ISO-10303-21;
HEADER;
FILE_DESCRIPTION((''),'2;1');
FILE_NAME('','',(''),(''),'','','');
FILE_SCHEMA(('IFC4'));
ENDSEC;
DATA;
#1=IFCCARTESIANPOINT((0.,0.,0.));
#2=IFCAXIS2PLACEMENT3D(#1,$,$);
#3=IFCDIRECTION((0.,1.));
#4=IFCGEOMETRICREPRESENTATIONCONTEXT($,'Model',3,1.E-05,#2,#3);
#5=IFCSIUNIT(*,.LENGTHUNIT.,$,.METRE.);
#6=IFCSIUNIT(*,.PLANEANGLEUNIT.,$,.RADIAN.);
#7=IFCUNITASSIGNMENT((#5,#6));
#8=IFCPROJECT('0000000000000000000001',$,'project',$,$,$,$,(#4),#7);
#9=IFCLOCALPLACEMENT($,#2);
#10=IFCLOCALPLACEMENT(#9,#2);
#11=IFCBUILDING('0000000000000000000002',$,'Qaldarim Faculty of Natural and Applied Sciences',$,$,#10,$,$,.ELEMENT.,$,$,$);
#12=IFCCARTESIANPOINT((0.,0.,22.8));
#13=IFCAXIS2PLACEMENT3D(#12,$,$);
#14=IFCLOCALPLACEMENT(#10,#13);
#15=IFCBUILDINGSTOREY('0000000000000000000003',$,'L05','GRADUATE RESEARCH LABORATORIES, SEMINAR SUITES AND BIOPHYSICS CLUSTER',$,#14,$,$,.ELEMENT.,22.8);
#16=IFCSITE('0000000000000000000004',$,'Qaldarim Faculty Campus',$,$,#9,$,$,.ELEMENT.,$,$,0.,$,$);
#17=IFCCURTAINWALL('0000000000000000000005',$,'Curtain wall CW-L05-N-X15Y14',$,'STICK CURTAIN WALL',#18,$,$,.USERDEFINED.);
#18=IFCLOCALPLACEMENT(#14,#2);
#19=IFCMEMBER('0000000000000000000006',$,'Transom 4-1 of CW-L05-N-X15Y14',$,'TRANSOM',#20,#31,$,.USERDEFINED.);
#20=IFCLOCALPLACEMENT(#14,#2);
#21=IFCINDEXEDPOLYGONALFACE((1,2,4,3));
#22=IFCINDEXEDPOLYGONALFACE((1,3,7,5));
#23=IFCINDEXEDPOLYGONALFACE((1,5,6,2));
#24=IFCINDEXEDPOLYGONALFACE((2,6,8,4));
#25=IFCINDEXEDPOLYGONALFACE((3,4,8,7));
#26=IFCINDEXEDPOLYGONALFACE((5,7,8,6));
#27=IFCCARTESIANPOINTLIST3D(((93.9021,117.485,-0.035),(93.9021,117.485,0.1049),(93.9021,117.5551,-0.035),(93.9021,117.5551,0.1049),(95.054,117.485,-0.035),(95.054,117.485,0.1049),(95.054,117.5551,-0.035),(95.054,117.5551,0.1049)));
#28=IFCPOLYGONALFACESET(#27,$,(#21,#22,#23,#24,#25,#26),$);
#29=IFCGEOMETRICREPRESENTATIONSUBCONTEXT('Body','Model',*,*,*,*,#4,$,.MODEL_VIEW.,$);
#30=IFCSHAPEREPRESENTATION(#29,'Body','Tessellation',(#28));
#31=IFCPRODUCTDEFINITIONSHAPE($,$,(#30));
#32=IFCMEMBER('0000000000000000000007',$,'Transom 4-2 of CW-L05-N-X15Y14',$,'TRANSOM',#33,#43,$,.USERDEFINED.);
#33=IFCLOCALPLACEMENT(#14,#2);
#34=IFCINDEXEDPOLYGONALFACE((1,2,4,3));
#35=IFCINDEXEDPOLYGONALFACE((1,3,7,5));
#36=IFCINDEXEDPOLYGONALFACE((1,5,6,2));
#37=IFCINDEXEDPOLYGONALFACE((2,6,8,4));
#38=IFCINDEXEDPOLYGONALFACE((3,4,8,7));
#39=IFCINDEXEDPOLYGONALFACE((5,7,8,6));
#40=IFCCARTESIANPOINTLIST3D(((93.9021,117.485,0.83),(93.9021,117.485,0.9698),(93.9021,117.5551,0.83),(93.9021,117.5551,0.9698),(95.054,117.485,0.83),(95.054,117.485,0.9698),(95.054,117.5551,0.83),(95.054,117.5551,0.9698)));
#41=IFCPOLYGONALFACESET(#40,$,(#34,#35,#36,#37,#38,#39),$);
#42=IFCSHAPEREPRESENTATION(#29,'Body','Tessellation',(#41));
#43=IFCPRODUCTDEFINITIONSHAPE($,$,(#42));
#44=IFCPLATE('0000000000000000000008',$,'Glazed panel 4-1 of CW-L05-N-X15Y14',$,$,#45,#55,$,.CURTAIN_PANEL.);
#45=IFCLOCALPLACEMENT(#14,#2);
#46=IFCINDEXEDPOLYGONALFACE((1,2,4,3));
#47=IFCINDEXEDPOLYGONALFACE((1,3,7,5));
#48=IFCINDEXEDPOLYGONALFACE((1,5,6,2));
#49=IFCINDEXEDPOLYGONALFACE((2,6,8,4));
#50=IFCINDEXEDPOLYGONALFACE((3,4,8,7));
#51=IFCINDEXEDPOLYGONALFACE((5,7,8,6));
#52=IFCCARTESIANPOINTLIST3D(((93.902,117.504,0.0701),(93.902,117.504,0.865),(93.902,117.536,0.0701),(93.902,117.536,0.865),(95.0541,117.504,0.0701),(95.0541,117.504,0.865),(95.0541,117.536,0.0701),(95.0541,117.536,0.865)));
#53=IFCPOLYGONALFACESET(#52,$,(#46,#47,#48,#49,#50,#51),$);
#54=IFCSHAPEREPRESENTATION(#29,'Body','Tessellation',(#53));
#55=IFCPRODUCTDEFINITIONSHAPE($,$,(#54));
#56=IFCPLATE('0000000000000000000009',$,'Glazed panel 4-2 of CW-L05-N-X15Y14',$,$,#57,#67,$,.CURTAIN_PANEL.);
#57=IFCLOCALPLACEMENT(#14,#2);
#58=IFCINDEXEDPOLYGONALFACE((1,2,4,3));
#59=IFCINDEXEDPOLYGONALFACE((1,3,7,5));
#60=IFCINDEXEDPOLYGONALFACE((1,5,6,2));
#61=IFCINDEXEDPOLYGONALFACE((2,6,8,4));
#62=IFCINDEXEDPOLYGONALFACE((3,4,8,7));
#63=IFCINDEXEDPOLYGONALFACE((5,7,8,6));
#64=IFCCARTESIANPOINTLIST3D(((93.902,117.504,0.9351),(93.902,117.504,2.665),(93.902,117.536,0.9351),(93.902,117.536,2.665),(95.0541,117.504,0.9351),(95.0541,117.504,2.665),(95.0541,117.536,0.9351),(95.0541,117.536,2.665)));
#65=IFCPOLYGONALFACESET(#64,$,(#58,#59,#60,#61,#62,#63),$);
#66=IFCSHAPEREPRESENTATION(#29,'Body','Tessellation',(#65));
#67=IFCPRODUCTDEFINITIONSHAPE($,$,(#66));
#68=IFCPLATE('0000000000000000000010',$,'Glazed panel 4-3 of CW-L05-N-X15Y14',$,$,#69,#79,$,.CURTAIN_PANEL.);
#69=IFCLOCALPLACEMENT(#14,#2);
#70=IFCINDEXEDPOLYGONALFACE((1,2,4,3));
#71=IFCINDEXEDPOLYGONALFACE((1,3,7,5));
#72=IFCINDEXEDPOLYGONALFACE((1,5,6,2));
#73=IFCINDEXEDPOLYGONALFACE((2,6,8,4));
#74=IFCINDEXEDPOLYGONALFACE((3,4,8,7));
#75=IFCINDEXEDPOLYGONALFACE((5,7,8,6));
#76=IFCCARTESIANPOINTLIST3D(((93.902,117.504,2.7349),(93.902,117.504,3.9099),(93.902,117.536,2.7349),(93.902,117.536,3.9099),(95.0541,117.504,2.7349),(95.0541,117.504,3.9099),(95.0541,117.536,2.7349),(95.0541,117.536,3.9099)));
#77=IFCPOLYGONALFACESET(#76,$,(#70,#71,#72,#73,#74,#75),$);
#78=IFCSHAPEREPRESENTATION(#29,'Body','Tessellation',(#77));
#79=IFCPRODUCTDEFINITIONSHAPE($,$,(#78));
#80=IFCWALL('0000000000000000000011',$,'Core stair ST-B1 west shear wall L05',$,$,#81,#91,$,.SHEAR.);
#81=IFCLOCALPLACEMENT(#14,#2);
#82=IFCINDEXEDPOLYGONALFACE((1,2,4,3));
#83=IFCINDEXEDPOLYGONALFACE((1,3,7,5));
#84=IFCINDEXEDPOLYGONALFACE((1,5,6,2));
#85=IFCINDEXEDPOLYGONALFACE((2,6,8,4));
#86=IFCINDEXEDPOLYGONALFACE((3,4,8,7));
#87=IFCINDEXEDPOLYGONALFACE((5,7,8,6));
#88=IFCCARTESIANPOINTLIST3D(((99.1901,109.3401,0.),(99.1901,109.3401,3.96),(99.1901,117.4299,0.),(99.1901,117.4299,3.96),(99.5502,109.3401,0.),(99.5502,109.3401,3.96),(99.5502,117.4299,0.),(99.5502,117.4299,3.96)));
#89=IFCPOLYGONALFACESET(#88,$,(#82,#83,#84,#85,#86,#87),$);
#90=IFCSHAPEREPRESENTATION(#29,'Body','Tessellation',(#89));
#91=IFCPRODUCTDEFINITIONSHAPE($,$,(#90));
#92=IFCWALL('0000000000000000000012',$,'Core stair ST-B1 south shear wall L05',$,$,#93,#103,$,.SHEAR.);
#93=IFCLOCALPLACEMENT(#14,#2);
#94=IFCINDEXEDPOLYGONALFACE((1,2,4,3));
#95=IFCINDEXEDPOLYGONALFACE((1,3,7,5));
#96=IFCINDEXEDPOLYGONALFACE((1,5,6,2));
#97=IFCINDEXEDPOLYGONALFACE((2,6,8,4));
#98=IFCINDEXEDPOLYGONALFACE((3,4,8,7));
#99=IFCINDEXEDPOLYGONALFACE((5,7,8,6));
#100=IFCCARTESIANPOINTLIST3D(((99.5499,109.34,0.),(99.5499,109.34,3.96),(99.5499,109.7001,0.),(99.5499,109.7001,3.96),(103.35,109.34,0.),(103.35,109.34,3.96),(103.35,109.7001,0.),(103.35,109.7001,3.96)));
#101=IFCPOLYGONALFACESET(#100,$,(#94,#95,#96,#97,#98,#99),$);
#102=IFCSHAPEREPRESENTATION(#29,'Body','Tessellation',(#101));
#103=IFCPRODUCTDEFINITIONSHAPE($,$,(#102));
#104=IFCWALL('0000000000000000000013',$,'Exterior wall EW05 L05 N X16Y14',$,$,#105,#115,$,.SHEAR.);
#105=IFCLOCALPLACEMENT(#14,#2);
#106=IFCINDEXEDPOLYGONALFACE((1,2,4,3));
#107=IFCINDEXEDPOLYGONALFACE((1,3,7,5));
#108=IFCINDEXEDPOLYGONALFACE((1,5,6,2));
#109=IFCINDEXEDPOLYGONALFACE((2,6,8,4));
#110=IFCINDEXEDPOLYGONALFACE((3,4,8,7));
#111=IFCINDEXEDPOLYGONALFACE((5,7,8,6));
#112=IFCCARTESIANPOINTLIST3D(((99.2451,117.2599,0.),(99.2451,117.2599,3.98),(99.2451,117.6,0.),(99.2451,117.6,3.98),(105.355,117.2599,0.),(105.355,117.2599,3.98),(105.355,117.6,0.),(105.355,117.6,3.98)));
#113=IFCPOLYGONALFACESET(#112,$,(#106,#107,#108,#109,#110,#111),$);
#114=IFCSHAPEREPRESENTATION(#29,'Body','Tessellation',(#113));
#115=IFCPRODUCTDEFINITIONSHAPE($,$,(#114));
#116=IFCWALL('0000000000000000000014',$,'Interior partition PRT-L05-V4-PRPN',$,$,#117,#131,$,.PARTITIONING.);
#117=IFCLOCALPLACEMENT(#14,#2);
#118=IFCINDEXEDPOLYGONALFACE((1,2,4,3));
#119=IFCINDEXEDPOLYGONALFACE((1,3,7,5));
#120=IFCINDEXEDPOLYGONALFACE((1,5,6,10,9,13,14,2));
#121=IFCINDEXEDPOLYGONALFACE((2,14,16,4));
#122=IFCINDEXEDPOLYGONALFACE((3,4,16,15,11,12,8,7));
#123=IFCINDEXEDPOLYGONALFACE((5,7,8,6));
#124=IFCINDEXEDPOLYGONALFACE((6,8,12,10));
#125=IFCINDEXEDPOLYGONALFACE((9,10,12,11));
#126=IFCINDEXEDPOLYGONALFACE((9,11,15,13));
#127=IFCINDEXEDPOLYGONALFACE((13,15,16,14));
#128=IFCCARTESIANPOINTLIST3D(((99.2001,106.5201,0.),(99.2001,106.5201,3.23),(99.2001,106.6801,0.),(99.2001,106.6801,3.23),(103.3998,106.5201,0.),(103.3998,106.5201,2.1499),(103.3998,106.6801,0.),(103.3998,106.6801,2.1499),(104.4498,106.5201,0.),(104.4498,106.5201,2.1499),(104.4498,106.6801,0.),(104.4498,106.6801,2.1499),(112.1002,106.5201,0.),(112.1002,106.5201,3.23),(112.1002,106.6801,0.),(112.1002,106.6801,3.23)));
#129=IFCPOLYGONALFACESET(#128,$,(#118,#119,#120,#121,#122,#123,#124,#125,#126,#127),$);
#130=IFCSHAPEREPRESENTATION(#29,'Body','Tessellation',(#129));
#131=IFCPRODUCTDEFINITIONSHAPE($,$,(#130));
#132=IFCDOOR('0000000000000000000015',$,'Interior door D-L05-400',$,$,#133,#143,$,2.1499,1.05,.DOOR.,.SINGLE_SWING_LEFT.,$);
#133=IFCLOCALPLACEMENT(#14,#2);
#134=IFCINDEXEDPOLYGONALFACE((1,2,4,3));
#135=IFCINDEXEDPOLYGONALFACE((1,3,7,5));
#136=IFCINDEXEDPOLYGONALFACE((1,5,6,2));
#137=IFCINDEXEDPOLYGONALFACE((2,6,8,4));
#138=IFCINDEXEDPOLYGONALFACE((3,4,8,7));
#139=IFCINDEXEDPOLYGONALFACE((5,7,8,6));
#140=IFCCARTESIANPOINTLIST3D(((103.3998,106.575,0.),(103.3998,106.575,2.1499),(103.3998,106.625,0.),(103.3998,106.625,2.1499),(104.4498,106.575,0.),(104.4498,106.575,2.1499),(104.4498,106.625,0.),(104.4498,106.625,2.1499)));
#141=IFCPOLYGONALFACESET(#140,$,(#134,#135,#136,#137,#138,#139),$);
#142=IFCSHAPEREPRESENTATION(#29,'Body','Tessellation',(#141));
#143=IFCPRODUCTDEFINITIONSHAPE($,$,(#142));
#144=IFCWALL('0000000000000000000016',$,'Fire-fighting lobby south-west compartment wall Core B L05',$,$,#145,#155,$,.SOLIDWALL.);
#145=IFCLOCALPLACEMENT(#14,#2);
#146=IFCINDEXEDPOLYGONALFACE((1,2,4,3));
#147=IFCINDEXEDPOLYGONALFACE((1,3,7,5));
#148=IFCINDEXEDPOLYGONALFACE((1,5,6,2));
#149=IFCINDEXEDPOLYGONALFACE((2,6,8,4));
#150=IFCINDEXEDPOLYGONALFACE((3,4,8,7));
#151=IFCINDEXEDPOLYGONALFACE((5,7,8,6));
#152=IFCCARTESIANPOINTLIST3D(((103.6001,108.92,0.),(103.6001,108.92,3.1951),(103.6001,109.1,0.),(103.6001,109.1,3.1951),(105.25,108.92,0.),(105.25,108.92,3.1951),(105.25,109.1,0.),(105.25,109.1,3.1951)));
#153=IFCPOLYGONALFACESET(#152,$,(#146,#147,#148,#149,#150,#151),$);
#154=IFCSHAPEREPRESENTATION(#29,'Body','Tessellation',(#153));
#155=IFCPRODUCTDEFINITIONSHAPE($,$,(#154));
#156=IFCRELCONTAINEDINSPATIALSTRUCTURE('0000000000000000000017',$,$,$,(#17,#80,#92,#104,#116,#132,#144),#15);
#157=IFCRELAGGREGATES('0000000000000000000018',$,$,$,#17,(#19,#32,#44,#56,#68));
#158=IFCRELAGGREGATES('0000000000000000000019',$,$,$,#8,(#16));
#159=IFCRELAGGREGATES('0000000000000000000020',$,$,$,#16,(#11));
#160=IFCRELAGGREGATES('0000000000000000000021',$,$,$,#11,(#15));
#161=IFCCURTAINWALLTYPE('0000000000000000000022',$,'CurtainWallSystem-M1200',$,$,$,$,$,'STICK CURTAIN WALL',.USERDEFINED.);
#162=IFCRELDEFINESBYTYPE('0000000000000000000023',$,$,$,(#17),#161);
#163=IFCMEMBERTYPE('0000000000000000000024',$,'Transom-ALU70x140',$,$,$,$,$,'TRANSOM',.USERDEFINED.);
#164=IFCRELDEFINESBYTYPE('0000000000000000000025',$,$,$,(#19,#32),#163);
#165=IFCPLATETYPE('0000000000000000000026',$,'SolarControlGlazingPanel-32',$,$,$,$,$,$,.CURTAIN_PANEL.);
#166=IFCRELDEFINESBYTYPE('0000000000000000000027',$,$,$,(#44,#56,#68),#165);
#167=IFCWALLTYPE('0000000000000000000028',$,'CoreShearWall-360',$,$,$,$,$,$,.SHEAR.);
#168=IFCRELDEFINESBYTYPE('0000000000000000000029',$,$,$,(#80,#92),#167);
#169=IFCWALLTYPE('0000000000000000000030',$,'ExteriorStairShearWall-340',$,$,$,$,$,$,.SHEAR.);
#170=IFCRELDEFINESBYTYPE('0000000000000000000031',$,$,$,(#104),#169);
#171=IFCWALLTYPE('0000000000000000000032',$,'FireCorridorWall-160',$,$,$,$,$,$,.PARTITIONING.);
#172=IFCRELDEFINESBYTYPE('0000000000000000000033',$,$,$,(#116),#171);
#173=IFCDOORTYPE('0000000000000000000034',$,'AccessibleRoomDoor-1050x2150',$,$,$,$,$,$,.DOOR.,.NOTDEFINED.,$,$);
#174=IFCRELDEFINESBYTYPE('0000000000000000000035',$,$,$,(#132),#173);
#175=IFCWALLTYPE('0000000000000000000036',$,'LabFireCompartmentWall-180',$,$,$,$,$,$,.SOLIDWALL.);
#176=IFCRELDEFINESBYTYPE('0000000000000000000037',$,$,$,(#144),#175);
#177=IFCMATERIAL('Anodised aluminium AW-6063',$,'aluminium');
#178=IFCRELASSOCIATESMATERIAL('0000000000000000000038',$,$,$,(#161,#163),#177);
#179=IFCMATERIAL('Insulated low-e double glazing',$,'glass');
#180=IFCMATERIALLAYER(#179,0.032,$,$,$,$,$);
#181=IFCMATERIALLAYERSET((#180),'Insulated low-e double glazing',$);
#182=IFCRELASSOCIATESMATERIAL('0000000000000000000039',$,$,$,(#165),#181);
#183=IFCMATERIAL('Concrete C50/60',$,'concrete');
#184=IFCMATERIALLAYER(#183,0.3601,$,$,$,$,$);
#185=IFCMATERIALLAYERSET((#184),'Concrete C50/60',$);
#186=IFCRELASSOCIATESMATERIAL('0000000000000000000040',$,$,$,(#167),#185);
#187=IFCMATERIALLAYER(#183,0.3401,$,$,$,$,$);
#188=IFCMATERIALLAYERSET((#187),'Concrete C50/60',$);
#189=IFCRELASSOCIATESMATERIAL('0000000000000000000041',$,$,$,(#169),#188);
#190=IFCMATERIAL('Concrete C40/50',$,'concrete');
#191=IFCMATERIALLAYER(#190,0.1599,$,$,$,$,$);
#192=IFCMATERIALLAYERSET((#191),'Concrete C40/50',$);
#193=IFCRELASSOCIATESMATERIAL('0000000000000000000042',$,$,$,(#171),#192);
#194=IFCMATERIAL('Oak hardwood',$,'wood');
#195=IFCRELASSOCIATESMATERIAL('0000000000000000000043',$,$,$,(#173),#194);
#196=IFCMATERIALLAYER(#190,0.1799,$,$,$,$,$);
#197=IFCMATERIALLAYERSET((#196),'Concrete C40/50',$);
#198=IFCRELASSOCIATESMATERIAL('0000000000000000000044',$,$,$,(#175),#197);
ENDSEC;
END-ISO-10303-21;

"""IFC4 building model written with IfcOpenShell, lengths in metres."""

from ifc_helpers import new_model, si_unit, direction, frame, frame_2d, origin, origin_2d, place, context, subcontext, project, spatial, rectangle, extrude, material, layer, layer_set, material_profile, profile_set, type_object, element, fill, aggregate, save


model = new_model("IFC4")

# Units and contexts
model_context = context("Model", 3, precision=1e-05, world=origin(), true_north=direction((0.0, 1.0)))
body_context = subcontext(model_context, "Body", "Model", "MODEL_VIEW")
ifc_project = project(units=[si_unit("LENGTHUNIT", "METRE"), si_unit("PLANEANGLEUNIT", "RADIAN")], contexts=[model_context])

# Site, building, storey
site_placement = place(None, origin())
site = spatial("IfcSite", under=ifc_project, at=site_placement, Name="Qaldarim Faculty Campus", CompositionType="ELEMENT", RefElevation=0.0)
building_placement = place(site_placement, origin())
building = spatial("IfcBuilding", under=site, at=building_placement, Name="Qaldarim Faculty of Natural and Applied Sciences", CompositionType="ELEMENT")
storey_placement = place(building_placement, frame((0.0, 0.0, 22.8)))
storey = spatial("IfcBuildingStorey", under=building, at=storey_placement, Name="L05", Description="GRADUATE RESEARCH LABORATORIES, SEMINAR SUITES AND BIOPHYSICS CLUSTER", CompositionType="ELEMENT", Elevation=22.8)

# Shared definitions
ifc_material_1 = material(Name="Concrete C50/60", Category="concrete")

# Shared definitions
ifc_material_2 = material(Name="Concrete C40/50", Category="concrete")

# Curtain wall
ifc_material_3 = material(Name="Anodised aluminium AW-6063", Category="aluminium")
curtain_wall_type = type_object("IfcCurtainWallType", Name="CurtainWallSystem-M1200", ElementType="STICK CURTAIN WALL", PredefinedType="USERDEFINED", material=ifc_material_3)
curtain_wall_placement = place(storey_placement, origin())
curtain_wall = element("IfcCurtainWall", 1, at=curtain_wall_placement, inside=storey, type_object=curtain_wall_type, Name="Curtain wall CW-L05-N-X15Y14", ObjectType="STICK CURTAIN WALL", PredefinedType="USERDEFINED")

# Members
ifc_material_profile_1 = material_profile(ifc_material_3, rectangle(XDim=0.0701, YDim=0.1399, at=origin_2d()), Name="ALU-T70x140")
ifc_profile_set_1 = profile_set([ifc_material_profile_1], Name="Anodised aluminium AW-6063")
member_type_1 = type_object("IfcMemberType", Name="Transom-ALU70x140", ElementType="TRANSOM", PredefinedType="USERDEFINED", material=ifc_profile_set_1)
member_1_placement = place(storey_placement, frame((95.054, 117.52, 0.0349), z_axis=(-1.0, 0.0, 0.0), x_axis=(0.0, -1.0, 0.0)))
member_1 = element("IfcMember", 2, at=member_1_placement, type_object=member_type_1, Name="Transom 4-1 of CW-L05-N-X15Y14", ObjectType="TRANSOM", PredefinedType="USERDEFINED", context=body_context, shape_type="SweptSolid", body=[
    extrude(rectangle(XDim=0.0701, YDim=0.1399, at=origin_2d()), origin(), (0.0, 0.0, 1.0), 1.1519),
])
member_2_placement = place(storey_placement, frame((95.054, 117.52, 0.8999), z_axis=(-1.0, 0.0, 0.0), x_axis=(0.0, -1.0, 0.0)))
member_2 = element("IfcMember", 3, at=member_2_placement, type_object=member_type_1, Name="Transom 4-2 of CW-L05-N-X15Y14", ObjectType="TRANSOM", PredefinedType="USERDEFINED", context=body_context, shape_type="SweptSolid", body=[
    extrude(rectangle(XDim=0.0701, YDim=0.1399, at=origin_2d()), origin(), (0.0, 0.0, 1.0), 1.1519),
])

# Plates
ifc_material_4 = material(Name="Insulated low-e double glazing", Category="glass")
ifc_layer_1 = layer(ifc_material_4, 0.032)
ifc_layer_set_1 = layer_set([ifc_layer_1], Name="Insulated low-e double glazing")
plate_type = type_object("IfcPlateType", Name="SolarControlGlazingPanel-32", PredefinedType="CURTAIN_PANEL", material=ifc_layer_set_1)
plate_1_placement = place(storey_placement, frame((94.478, 117.52, 0.0701), z_axis=(0.0, 0.0, 1.0), x_axis=(-1.0, 0.0, 0.0)))
plate_1 = element("IfcPlate", 4, at=plate_1_placement, type_object=plate_type, Name="Glazed panel 4-1 of CW-L05-N-X15Y14", PredefinedType="CURTAIN_PANEL", context=body_context, shape_type="SweptSolid", body=[
    extrude(rectangle(XDim=1.1521, YDim=0.032, at=origin_2d()), origin(), (0.0, 0.0, 1.0), 0.7949),
])
plate_2_placement = place(storey_placement, frame((94.478, 117.52, 0.9351), z_axis=(0.0, 0.0, 1.0), x_axis=(-1.0, 0.0, 0.0)))
plate_2 = element("IfcPlate", 5, at=plate_2_placement, type_object=plate_type, Name="Glazed panel 4-2 of CW-L05-N-X15Y14", PredefinedType="CURTAIN_PANEL", context=body_context, shape_type="SweptSolid", body=[
    extrude(rectangle(XDim=1.1521, YDim=0.032, at=origin_2d()), origin(), (0.0, 0.0, 1.0), 1.73),
])
plate_3_placement = place(storey_placement, frame((94.478, 117.52, 2.7349), z_axis=(0.0, 0.0, 1.0), x_axis=(-1.0, 0.0, 0.0)))
plate_3 = element("IfcPlate", 6, at=plate_3_placement, type_object=plate_type, Name="Glazed panel 4-3 of CW-L05-N-X15Y14", PredefinedType="CURTAIN_PANEL", context=body_context, shape_type="SweptSolid", body=[
    extrude(rectangle(XDim=1.1521, YDim=0.032, at=origin_2d()), origin(), (0.0, 0.0, 1.0), 1.175),
])
aggregate(curtain_wall, [member_1, member_2, plate_1, plate_2, plate_3])

# Wall
ifc_layer_2 = layer(ifc_material_1, 0.3601)
ifc_layer_set_2 = layer_set([ifc_layer_2], Name="Concrete C50/60")
wall_type_1 = type_object("IfcWallType", Name="CoreShearWall-360", PredefinedType="SHEAR", material=ifc_layer_set_2)
wall_1_placement = place(storey_placement, frame((99.3701, 109.3401, 0.0), z_axis=(0.0, 0.0, 1.0), x_axis=(0.0, 1.0, 0.0)))
element("IfcWall", 7, at=wall_1_placement, inside=storey, type_object=wall_type_1, Name="Core stair ST-B1 west shear wall L05", PredefinedType="SHEAR", context=body_context, shape_type="SweptSolid", body=[
    extrude(rectangle(XDim=8.0898, YDim=0.3601, at=frame_2d((4.0449, 0.0))), origin(), (0.0, 0.0, 1.0), 3.96),
])

# Walls
wall_2_placement = place(storey_placement, frame((99.55, 109.52, 0.0), z_axis=(0.0, 0.0, 1.0), x_axis=(1.0, 0.0, 0.0)))
element("IfcWall", 8, at=wall_2_placement, inside=storey, type_object=wall_type_1, Name="Core stair ST-B1 south shear wall L05", PredefinedType="SHEAR", context=body_context, shape_type="SweptSolid", body=[
    extrude(rectangle(XDim=3.8, YDim=0.3601, at=frame_2d((1.8999, 0.0))), origin(), (0.0, 0.0, 1.0), 3.96),
])
ifc_layer_3 = layer(ifc_material_1, 0.3401)
ifc_layer_set_3 = layer_set([ifc_layer_3], Name="Concrete C50/60")
wall_type_2 = type_object("IfcWallType", Name="ExteriorStairShearWall-340", PredefinedType="SHEAR", material=ifc_layer_set_3)
wall_3_placement = place(storey_placement, frame((105.355, 117.4299, 0.0), z_axis=(0.0, 0.0, 1.0), x_axis=(-1.0, 0.0, 0.0)))
element("IfcWall", 9, at=wall_3_placement, inside=storey, type_object=wall_type_2, Name="Exterior wall EW05 L05 N X16Y14", PredefinedType="SHEAR", context=body_context, shape_type="SweptSolid", body=[
    extrude(rectangle(XDim=6.1099, YDim=0.3401, at=frame_2d((3.0549, 0.0))), origin(), (0.0, 0.0, 1.0), 3.98),
])

# Wall, opening, door
ifc_layer_4 = layer(ifc_material_2, 0.1599)
ifc_layer_set_4 = layer_set([ifc_layer_4], Name="Concrete C40/50")
wall_type_3 = type_object("IfcWallType", Name="FireCorridorWall-160", PredefinedType="PARTITIONING", material=ifc_layer_set_4)
wall_4_placement = place(storey_placement, frame((99.2, 106.6001, 0.0), z_axis=(0.0, 0.0, 1.0), x_axis=(1.0, 0.0, 0.0)))
wall_4 = element("IfcWall", 10, at=wall_4_placement, inside=storey, type_object=wall_type_3, Name="Interior partition PRT-L05-V4-PRPN", PredefinedType="PARTITIONING", context=body_context, shape_type="SweptSolid", body=[
    extrude(rectangle(XDim=12.9001, YDim=0.1599, at=frame_2d((6.4502, 0.0))), origin(), (0.0, 0.0, 1.0), 3.23),
])
opening_1_placement = place(wall_4_placement, frame((4.2, 0.0, 0.0)))
opening_1 = element("IfcOpeningElement", 11, at=opening_1_placement, cuts=wall_4, PredefinedType="OPENING", context=body_context, shape_type="SweptSolid", body=[
    extrude(rectangle(XDim=1.05, YDim=2.1499, at=frame_2d((0.5249, 1.075))), frame((0.0, 0.0898, 0.0), z_axis=(0.0, -1.0, 0.0), x_axis=(1.0, 0.0, 0.0)), (0.0, 0.0, 1.0), 0.1799),
])
ifc_material_5 = material(Name="Oak hardwood", Category="wood")
door_type_1 = type_object("IfcDoorType", Name="AccessibleRoomDoor-1050x2150", OperationType="NOTDEFINED", PredefinedType="DOOR", material=ifc_material_5)
door_1_placement = place(opening_1_placement, origin())
door_1 = element("IfcDoor", 12, at=door_1_placement, inside=storey, type_object=door_type_1, Name="Interior door D-L05-400", OperationType="SINGLE_SWING_LEFT", OverallHeight=2.1499, OverallWidth=1.05, PredefinedType="DOOR", context=body_context, shape_type="SweptSolid", body=[
    extrude(rectangle(XDim=1.05, YDim=2.1499, at=frame_2d((0.5249, 1.075))), frame((0.0, 0.0249, 0.0), z_axis=(0.0, -1.0, 0.0), x_axis=(1.0, 0.0, 0.0)), (0.0, 0.0, 1.0), 0.05),
])
fill(opening_1, door_1)

# Wall
ifc_layer_5 = layer(ifc_material_2, 0.1799)
ifc_layer_set_5 = layer_set([ifc_layer_5], Name="Concrete C40/50")
wall_type_4 = type_object("IfcWallType", Name="LabFireCompartmentWall-180", PredefinedType="SOLIDWALL", material=ifc_layer_set_5)
wall_5_placement = place(storey_placement, frame((103.6001, 109.01, 0.0), z_axis=(0.0, 0.0, 1.0), x_axis=(1.0, 0.0, 0.0)))
element("IfcWall", 13, at=wall_5_placement, inside=storey, type_object=wall_type_4, Name="Fire-fighting lobby south-west compartment wall Core B L05", PredefinedType="SOLIDWALL", context=body_context, shape_type="SweptSolid", body=[
    extrude(rectangle(XDim=1.6499, YDim=0.1799, at=frame_2d((0.825, 0.0))), origin(), (0.0, 0.0, 1.0), 3.1951),
])

save(model, "model.ifc")
